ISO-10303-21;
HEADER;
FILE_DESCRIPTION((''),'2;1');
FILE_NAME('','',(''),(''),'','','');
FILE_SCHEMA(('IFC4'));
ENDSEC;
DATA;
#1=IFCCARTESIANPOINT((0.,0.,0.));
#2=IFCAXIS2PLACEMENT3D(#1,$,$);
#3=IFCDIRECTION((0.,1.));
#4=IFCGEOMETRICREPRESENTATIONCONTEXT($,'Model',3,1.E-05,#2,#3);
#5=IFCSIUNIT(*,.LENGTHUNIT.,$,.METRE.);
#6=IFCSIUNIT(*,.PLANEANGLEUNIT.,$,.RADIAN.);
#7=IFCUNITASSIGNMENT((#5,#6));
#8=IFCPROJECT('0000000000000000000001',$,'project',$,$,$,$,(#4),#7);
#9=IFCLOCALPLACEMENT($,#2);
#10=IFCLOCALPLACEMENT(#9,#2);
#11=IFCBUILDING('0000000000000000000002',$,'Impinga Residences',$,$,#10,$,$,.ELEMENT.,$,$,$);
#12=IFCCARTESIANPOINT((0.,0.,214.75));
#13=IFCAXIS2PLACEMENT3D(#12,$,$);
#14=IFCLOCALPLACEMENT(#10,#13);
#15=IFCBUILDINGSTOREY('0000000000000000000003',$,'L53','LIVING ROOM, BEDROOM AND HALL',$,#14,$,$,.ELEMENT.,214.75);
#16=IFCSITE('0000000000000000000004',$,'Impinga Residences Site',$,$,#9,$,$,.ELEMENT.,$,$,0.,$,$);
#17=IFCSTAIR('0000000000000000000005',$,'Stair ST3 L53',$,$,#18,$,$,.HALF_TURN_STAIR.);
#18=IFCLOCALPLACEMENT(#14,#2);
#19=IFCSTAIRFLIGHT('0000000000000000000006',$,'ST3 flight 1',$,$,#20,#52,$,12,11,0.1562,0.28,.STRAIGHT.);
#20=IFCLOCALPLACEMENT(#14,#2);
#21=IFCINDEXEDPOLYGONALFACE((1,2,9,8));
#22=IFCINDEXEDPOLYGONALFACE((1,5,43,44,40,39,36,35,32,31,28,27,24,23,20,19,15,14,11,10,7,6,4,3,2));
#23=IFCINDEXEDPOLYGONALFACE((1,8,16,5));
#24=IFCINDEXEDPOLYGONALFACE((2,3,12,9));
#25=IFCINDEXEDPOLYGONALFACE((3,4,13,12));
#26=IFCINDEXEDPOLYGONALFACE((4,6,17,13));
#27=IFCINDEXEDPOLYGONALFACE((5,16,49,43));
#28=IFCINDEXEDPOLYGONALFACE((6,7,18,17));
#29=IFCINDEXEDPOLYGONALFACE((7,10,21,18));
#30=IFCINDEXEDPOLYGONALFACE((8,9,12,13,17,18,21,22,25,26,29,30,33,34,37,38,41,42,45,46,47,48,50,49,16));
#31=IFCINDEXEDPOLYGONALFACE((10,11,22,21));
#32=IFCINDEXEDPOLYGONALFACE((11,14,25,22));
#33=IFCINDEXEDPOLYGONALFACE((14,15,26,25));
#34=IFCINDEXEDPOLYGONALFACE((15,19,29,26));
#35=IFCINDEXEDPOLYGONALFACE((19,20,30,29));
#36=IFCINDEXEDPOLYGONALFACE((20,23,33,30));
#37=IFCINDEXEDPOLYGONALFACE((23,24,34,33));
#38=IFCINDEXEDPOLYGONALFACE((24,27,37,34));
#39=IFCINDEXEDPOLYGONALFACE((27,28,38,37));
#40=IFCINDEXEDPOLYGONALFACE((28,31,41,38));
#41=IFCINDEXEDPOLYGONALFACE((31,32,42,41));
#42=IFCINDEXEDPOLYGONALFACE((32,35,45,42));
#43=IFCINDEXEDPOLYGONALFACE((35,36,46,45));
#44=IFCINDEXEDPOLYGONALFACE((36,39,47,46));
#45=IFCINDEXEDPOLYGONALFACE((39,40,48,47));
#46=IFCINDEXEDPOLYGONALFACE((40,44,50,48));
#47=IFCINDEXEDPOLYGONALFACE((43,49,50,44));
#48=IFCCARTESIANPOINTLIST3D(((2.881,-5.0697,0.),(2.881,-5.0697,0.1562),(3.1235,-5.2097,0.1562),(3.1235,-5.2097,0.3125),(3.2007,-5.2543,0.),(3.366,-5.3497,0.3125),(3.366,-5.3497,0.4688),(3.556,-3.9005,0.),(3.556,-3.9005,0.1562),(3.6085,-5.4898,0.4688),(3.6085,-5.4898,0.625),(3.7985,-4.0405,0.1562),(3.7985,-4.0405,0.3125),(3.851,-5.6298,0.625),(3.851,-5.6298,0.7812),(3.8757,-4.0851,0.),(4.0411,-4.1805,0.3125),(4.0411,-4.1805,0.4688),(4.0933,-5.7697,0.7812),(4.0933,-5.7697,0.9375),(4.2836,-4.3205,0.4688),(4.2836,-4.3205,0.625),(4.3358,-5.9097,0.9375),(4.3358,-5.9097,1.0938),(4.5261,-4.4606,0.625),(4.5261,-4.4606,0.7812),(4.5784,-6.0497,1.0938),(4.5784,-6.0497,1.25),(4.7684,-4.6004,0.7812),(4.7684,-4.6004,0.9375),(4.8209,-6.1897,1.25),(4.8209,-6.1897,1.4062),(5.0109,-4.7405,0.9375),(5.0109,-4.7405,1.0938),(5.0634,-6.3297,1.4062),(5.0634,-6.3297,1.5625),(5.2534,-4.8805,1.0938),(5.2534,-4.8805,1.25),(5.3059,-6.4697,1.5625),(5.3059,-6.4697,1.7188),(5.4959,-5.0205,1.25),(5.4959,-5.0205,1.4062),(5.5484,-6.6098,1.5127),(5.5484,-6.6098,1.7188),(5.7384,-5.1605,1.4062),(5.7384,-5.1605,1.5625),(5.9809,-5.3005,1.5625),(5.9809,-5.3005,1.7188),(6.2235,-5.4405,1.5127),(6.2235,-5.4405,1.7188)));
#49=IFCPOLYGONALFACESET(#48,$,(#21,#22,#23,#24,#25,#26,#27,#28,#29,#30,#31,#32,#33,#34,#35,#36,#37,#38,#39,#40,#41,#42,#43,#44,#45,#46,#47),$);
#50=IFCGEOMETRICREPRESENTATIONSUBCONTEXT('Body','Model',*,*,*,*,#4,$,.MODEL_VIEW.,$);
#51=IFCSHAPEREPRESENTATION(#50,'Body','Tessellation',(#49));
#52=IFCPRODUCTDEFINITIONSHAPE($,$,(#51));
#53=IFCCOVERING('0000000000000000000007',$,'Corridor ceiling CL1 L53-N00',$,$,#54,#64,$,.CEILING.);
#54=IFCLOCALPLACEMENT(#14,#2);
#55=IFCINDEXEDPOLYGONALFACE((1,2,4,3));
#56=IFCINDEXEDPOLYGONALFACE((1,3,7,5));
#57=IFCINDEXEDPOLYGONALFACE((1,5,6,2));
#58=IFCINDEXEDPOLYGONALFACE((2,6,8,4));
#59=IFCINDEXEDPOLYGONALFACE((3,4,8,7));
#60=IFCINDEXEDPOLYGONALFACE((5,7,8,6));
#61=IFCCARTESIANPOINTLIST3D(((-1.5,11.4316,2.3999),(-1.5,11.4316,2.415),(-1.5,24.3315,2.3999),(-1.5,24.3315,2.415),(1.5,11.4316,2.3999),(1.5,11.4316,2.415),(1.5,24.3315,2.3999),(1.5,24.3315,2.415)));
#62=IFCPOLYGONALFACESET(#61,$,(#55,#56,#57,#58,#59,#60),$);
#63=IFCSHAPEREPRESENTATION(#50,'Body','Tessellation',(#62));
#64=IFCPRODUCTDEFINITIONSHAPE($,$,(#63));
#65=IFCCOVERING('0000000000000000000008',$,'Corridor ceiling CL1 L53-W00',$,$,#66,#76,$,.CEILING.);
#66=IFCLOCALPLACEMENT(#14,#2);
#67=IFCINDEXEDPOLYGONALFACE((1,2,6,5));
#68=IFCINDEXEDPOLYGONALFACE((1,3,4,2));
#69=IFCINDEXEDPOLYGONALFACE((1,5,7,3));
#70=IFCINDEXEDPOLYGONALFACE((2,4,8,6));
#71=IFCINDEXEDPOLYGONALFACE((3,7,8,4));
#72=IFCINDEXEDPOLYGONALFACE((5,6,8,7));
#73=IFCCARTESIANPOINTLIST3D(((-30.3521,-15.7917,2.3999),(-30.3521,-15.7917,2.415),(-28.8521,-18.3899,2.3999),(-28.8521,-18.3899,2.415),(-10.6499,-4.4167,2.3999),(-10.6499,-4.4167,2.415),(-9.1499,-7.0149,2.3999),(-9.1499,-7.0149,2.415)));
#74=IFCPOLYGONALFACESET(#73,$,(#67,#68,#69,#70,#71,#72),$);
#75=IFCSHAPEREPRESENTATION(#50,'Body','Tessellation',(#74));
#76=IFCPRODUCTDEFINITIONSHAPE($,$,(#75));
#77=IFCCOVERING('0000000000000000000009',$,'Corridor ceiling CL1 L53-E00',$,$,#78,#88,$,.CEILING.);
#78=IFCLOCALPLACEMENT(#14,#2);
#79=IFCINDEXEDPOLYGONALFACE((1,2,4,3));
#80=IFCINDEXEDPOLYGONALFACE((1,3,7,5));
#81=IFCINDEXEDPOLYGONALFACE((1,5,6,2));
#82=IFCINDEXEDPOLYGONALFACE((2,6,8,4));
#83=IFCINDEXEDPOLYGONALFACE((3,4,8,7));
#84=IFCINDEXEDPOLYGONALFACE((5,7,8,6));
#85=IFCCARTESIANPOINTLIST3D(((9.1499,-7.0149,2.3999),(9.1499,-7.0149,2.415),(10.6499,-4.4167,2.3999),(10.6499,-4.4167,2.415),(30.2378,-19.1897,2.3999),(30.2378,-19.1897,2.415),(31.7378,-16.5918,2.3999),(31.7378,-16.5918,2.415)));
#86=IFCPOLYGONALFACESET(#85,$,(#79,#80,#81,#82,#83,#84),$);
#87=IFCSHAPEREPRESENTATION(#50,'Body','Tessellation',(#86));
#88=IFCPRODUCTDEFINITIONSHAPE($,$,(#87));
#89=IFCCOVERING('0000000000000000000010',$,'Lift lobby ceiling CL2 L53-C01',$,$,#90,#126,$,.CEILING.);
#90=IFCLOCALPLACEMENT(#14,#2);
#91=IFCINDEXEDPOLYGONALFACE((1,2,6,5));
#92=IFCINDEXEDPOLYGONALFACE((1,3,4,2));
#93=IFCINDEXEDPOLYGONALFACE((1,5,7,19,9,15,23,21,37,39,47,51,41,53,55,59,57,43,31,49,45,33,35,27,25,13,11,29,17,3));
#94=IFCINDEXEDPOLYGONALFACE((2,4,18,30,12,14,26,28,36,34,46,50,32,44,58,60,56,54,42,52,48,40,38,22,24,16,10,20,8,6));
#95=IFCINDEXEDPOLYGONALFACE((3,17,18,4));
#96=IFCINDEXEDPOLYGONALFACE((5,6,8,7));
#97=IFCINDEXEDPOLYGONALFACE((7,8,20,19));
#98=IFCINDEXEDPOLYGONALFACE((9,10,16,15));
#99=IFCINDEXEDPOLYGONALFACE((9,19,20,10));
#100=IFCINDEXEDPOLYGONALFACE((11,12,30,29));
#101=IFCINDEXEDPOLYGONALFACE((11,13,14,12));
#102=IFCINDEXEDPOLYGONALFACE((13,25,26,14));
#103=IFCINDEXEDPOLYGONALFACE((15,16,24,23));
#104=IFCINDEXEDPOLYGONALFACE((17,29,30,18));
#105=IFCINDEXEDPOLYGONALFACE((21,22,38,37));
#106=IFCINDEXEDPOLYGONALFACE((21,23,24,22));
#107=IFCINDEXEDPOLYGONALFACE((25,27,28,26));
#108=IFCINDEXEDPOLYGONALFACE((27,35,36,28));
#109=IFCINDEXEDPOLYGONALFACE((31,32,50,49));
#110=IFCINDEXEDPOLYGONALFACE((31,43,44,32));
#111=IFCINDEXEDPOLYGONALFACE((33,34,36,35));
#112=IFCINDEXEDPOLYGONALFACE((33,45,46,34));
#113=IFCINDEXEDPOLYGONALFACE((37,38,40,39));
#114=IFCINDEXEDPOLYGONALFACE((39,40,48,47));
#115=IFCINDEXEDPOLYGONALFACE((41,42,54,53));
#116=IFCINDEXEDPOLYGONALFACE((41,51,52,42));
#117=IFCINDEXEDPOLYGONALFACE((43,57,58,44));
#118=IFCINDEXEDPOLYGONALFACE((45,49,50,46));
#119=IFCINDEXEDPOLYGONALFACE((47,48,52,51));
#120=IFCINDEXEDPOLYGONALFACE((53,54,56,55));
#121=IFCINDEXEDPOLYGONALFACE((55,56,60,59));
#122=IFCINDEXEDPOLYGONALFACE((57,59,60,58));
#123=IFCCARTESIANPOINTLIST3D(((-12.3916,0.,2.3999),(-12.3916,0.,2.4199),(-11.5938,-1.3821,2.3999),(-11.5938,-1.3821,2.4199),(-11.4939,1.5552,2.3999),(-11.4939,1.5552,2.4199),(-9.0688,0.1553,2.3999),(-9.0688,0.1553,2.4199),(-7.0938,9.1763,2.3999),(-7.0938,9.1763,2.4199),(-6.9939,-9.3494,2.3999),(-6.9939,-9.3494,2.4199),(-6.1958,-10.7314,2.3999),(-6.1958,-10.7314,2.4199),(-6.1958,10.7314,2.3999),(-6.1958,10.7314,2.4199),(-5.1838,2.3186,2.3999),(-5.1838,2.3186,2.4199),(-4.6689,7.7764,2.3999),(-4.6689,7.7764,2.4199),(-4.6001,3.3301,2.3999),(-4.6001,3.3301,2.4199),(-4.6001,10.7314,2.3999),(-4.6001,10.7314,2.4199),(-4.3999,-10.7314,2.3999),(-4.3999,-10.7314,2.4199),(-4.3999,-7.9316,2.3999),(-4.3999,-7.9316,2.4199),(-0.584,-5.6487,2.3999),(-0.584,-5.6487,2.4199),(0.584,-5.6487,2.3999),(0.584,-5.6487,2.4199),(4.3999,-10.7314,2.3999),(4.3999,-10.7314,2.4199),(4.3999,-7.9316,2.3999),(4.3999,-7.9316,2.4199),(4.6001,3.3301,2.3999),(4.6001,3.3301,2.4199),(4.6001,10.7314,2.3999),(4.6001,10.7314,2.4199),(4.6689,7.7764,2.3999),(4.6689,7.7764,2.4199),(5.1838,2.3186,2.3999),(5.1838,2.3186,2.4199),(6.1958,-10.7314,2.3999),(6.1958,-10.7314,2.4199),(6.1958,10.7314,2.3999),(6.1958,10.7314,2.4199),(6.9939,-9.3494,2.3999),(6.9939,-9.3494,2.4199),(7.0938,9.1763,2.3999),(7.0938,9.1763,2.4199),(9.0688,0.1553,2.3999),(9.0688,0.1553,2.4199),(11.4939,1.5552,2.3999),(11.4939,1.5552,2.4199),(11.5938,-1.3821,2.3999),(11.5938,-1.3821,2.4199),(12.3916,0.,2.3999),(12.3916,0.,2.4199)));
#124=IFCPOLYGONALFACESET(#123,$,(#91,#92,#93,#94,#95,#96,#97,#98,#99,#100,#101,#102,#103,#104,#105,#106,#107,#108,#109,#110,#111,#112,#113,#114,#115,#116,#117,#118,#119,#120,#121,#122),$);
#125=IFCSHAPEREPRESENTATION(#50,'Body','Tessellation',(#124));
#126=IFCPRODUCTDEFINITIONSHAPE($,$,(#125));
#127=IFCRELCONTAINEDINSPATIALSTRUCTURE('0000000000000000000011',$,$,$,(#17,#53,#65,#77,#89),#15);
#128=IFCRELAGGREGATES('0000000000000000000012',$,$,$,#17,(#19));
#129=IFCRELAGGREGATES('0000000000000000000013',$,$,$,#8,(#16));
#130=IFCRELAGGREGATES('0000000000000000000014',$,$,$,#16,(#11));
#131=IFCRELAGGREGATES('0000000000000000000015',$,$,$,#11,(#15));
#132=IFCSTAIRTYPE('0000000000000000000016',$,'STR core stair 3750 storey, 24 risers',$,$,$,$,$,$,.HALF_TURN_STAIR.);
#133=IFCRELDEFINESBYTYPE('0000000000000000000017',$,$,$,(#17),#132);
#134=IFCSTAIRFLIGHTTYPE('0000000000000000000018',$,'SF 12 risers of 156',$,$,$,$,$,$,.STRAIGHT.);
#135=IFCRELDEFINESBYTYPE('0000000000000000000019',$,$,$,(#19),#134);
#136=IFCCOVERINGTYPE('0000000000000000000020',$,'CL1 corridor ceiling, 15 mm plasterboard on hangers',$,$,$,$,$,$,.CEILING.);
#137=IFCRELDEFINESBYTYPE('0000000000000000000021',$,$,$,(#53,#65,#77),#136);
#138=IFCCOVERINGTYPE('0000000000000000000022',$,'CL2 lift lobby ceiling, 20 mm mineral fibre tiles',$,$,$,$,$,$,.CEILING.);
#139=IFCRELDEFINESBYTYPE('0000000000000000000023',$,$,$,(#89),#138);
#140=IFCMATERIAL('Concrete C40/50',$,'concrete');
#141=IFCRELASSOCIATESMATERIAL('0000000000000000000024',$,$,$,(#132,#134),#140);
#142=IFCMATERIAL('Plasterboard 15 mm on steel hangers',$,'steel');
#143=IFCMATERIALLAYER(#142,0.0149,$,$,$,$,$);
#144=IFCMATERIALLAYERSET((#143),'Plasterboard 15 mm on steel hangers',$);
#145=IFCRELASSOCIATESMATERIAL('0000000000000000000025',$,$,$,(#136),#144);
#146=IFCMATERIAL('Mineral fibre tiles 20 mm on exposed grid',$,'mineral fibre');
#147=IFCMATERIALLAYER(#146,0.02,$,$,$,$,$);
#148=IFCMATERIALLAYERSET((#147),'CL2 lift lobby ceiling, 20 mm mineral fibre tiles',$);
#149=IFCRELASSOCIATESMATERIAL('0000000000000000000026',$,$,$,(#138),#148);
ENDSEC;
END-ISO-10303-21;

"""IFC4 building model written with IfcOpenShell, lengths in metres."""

from ifc_helpers import new_model, si_unit, direction, frame, origin, place, context, subcontext, project, spatial, polyline, outline, extrude, material, layer, layer_set, type_object, element, aggregate, save


model = new_model("IFC4")

# Units and contexts
model_context = context("Model", 3, precision=1e-05, world=origin(), true_north=direction((0.0, 1.0)))
body_context = subcontext(model_context, "Body", "Model", "MODEL_VIEW")
ifc_project = project(units=[si_unit("LENGTHUNIT", "METRE"), si_unit("PLANEANGLEUNIT", "RADIAN")], contexts=[model_context])

# Site, building, storey
site_placement = place(None, origin())
site = spatial("IfcSite", under=ifc_project, at=site_placement, Name="Impinga Residences Site", CompositionType="ELEMENT", RefElevation=0.0)
building_placement = place(site_placement, origin())
building = spatial("IfcBuilding", under=site, at=building_placement, Name="Impinga Residences", CompositionType="ELEMENT")
storey_placement = place(building_placement, frame((0.0, 0.0, 214.75)))
storey = spatial("IfcBuildingStorey", under=building, at=storey_placement, Name="L53", Description="LIVING ROOM, BEDROOM AND HALL", CompositionType="ELEMENT", Elevation=214.75)

# Stair
ifc_material_1 = material(Name="Concrete C40/50", Category="concrete")
stair_type_1 = type_object("IfcStairType", Name="STR core stair 3750 storey, 24 risers", PredefinedType="HALF_TURN_STAIR", material=ifc_material_1)
stair_1_placement = place(storey_placement, origin())
stair_1 = element("IfcStair", 1, at=stair_1_placement, inside=storey, type_object=stair_type_1, Name="Stair ST3 L53", PredefinedType="HALF_TURN_STAIR")

# Shared definitions
stair_flight_type = type_object("IfcStairFlightType", Name="SF 12 risers of 156", PredefinedType="STRAIGHT", material=ifc_material_1)

# Stair flight
stair_flight_1_placement = place(storey_placement, frame((3.2185, -4.4851, 0.0), z_axis=(0.0, 0.0, 1.0), x_axis=(0.866025, -0.5, 0.0)))
stair_flight_1 = element("IfcStairFlight", 2, at=stair_flight_1_placement, type_object=stair_flight_type, Name="ST3 flight 1", NumberOfRisers=12, NumberOfTreads=11, PredefinedType="STRAIGHT", RiserHeight=0.1562, TreadLength=0.28, context=body_context, shape_type="SweptSolid", body=[
    extrude(outline(polyline([(0.0, 0.0), (0.0, 0.1562), (0.28, 0.1562), (0.28, 0.3125), (0.5601, 0.3125), (0.5601, 0.4688), (0.8401, 0.4688), (0.8401, 0.625), (1.1201, 0.625), (1.1201, 0.7812), (1.3999, 0.7812), (1.3999, 0.9375), (1.6799, 0.9375), (1.6799, 1.0938), (1.96, 1.0938), (1.96, 1.25), (2.24, 1.25), (2.24, 1.4062), (2.52, 1.4062), (2.52, 1.5625), (2.8, 1.5625), (2.8, 1.7188), (3.0801, 1.7188), (3.0801, 1.875), (3.0801, 1.5127), (0.3691, 0.0), (0.0, 0.0)])), frame((0.0, 0.675, 0.0), z_axis=(0.0, -1.0, 0.0), x_axis=(1.0, 0.0, 0.0)), (0.0, 0.0, 1.0), 1.3501),
])
aggregate(stair_1, [stair_flight_1])

# Coverings
ifc_material_2 = material(Name="Plasterboard 15 mm on steel hangers", Category="steel")
ifc_layer_1 = layer(ifc_material_2, 0.0149)
ifc_layer_set_1 = layer_set([ifc_layer_1], Name="Plasterboard 15 mm on steel hangers")
covering_type_1 = type_object("IfcCoveringType", Name="CL1 corridor ceiling, 15 mm plasterboard on hangers", PredefinedType="CEILING", material=ifc_layer_set_1)
covering_1_placement = place(storey_placement, frame((0.0, 0.0, 2.3999)))
element("IfcCovering", 3, at=covering_1_placement, inside=storey, type_object=covering_type_1, Name="Corridor ceiling CL1 L53-N00", PredefinedType="CEILING", context=body_context, shape_type="SweptSolid", body=[
    extrude(outline(polyline([(-1.5, 11.4316), (1.5, 11.4316), (1.5, 24.3315), (-1.5, 24.3315), (-1.5, 11.4316)])), origin(), (0.0, 0.0, 1.0), 0.0151),
])
covering_2_placement = place(storey_placement, frame((0.0, 0.0, 2.3999)))
element("IfcCovering", 4, at=covering_2_placement, inside=storey, type_object=covering_type_1, Name="Corridor ceiling CL1 L53-W00", PredefinedType="CEILING", context=body_context, shape_type="SweptSolid", body=[
    extrude(outline(polyline([(-9.1499, -7.0149), (-10.6499, -4.4167), (-30.3521, -15.7917), (-28.8521, -18.3899), (-9.1499, -7.0149)])), origin(), (0.0, 0.0, 1.0), 0.0151),
])
covering_3_placement = place(storey_placement, frame((0.0, 0.0, 2.3999)))
element("IfcCovering", 5, at=covering_3_placement, inside=storey, type_object=covering_type_1, Name="Corridor ceiling CL1 L53-E00", PredefinedType="CEILING", context=body_context, shape_type="SweptSolid", body=[
    extrude(outline(polyline([(10.6499, -4.4167), (9.1499, -7.0149), (30.2378, -19.1897), (31.7378, -16.5918), (10.6499, -4.4167)])), origin(), (0.0, 0.0, 1.0), 0.0151),
])
ifc_material_3 = material(Name="Mineral fibre tiles 20 mm on exposed grid", Category="mineral fibre")
ifc_layer_2 = layer(ifc_material_3, 0.02)
ifc_layer_set_2 = layer_set([ifc_layer_2], Name="CL2 lift lobby ceiling, 20 mm mineral fibre tiles")
covering_type_2 = type_object("IfcCoveringType", Name="CL2 lift lobby ceiling, 20 mm mineral fibre tiles", PredefinedType="CEILING", material=ifc_layer_set_2)
covering_4_placement = place(storey_placement, frame((0.0, 0.0, 2.3999)))
element("IfcCovering", 6, at=covering_4_placement, inside=storey, type_object=covering_type_2, Name="Lift lobby ceiling CL2 L53-C01", PredefinedType="CEILING", context=body_context, shape_type="SweptSolid", body=[
    extrude(outline(polyline([(12.3916, 0.0), (11.5938, -1.3821), (5.1838, 2.3186), (0.584, -5.6487), (6.9939, -9.3494), (6.1958, -10.7314), (4.3999, -10.7314), (4.3999, -7.9316), (-4.3999, -7.9316), (-4.3999, -10.7314), (-6.1958, -10.7314), (-6.9939, -9.3494), (-0.584, -5.6487), (-5.1838, 2.3186), (-11.5938, -1.3821), (-12.3916, 0.0), (-11.4939, 1.5552), (-9.0688, 0.1553), (-4.6689, 7.7764), (-7.0938, 9.1763), (-6.1958, 10.7314), (-4.6001, 10.7314), (-4.6001, 3.3301), (4.6001, 3.3301), (4.6001, 10.7314), (6.1958, 10.7314), (7.0938, 9.1763), (4.6689, 7.7764), (9.0688, 0.1553), (11.4939, 1.5552), (12.3916, 0.0)])), origin(), (0.0, 0.0, 1.0), 0.02),
])

save(model, "model.ifc")
